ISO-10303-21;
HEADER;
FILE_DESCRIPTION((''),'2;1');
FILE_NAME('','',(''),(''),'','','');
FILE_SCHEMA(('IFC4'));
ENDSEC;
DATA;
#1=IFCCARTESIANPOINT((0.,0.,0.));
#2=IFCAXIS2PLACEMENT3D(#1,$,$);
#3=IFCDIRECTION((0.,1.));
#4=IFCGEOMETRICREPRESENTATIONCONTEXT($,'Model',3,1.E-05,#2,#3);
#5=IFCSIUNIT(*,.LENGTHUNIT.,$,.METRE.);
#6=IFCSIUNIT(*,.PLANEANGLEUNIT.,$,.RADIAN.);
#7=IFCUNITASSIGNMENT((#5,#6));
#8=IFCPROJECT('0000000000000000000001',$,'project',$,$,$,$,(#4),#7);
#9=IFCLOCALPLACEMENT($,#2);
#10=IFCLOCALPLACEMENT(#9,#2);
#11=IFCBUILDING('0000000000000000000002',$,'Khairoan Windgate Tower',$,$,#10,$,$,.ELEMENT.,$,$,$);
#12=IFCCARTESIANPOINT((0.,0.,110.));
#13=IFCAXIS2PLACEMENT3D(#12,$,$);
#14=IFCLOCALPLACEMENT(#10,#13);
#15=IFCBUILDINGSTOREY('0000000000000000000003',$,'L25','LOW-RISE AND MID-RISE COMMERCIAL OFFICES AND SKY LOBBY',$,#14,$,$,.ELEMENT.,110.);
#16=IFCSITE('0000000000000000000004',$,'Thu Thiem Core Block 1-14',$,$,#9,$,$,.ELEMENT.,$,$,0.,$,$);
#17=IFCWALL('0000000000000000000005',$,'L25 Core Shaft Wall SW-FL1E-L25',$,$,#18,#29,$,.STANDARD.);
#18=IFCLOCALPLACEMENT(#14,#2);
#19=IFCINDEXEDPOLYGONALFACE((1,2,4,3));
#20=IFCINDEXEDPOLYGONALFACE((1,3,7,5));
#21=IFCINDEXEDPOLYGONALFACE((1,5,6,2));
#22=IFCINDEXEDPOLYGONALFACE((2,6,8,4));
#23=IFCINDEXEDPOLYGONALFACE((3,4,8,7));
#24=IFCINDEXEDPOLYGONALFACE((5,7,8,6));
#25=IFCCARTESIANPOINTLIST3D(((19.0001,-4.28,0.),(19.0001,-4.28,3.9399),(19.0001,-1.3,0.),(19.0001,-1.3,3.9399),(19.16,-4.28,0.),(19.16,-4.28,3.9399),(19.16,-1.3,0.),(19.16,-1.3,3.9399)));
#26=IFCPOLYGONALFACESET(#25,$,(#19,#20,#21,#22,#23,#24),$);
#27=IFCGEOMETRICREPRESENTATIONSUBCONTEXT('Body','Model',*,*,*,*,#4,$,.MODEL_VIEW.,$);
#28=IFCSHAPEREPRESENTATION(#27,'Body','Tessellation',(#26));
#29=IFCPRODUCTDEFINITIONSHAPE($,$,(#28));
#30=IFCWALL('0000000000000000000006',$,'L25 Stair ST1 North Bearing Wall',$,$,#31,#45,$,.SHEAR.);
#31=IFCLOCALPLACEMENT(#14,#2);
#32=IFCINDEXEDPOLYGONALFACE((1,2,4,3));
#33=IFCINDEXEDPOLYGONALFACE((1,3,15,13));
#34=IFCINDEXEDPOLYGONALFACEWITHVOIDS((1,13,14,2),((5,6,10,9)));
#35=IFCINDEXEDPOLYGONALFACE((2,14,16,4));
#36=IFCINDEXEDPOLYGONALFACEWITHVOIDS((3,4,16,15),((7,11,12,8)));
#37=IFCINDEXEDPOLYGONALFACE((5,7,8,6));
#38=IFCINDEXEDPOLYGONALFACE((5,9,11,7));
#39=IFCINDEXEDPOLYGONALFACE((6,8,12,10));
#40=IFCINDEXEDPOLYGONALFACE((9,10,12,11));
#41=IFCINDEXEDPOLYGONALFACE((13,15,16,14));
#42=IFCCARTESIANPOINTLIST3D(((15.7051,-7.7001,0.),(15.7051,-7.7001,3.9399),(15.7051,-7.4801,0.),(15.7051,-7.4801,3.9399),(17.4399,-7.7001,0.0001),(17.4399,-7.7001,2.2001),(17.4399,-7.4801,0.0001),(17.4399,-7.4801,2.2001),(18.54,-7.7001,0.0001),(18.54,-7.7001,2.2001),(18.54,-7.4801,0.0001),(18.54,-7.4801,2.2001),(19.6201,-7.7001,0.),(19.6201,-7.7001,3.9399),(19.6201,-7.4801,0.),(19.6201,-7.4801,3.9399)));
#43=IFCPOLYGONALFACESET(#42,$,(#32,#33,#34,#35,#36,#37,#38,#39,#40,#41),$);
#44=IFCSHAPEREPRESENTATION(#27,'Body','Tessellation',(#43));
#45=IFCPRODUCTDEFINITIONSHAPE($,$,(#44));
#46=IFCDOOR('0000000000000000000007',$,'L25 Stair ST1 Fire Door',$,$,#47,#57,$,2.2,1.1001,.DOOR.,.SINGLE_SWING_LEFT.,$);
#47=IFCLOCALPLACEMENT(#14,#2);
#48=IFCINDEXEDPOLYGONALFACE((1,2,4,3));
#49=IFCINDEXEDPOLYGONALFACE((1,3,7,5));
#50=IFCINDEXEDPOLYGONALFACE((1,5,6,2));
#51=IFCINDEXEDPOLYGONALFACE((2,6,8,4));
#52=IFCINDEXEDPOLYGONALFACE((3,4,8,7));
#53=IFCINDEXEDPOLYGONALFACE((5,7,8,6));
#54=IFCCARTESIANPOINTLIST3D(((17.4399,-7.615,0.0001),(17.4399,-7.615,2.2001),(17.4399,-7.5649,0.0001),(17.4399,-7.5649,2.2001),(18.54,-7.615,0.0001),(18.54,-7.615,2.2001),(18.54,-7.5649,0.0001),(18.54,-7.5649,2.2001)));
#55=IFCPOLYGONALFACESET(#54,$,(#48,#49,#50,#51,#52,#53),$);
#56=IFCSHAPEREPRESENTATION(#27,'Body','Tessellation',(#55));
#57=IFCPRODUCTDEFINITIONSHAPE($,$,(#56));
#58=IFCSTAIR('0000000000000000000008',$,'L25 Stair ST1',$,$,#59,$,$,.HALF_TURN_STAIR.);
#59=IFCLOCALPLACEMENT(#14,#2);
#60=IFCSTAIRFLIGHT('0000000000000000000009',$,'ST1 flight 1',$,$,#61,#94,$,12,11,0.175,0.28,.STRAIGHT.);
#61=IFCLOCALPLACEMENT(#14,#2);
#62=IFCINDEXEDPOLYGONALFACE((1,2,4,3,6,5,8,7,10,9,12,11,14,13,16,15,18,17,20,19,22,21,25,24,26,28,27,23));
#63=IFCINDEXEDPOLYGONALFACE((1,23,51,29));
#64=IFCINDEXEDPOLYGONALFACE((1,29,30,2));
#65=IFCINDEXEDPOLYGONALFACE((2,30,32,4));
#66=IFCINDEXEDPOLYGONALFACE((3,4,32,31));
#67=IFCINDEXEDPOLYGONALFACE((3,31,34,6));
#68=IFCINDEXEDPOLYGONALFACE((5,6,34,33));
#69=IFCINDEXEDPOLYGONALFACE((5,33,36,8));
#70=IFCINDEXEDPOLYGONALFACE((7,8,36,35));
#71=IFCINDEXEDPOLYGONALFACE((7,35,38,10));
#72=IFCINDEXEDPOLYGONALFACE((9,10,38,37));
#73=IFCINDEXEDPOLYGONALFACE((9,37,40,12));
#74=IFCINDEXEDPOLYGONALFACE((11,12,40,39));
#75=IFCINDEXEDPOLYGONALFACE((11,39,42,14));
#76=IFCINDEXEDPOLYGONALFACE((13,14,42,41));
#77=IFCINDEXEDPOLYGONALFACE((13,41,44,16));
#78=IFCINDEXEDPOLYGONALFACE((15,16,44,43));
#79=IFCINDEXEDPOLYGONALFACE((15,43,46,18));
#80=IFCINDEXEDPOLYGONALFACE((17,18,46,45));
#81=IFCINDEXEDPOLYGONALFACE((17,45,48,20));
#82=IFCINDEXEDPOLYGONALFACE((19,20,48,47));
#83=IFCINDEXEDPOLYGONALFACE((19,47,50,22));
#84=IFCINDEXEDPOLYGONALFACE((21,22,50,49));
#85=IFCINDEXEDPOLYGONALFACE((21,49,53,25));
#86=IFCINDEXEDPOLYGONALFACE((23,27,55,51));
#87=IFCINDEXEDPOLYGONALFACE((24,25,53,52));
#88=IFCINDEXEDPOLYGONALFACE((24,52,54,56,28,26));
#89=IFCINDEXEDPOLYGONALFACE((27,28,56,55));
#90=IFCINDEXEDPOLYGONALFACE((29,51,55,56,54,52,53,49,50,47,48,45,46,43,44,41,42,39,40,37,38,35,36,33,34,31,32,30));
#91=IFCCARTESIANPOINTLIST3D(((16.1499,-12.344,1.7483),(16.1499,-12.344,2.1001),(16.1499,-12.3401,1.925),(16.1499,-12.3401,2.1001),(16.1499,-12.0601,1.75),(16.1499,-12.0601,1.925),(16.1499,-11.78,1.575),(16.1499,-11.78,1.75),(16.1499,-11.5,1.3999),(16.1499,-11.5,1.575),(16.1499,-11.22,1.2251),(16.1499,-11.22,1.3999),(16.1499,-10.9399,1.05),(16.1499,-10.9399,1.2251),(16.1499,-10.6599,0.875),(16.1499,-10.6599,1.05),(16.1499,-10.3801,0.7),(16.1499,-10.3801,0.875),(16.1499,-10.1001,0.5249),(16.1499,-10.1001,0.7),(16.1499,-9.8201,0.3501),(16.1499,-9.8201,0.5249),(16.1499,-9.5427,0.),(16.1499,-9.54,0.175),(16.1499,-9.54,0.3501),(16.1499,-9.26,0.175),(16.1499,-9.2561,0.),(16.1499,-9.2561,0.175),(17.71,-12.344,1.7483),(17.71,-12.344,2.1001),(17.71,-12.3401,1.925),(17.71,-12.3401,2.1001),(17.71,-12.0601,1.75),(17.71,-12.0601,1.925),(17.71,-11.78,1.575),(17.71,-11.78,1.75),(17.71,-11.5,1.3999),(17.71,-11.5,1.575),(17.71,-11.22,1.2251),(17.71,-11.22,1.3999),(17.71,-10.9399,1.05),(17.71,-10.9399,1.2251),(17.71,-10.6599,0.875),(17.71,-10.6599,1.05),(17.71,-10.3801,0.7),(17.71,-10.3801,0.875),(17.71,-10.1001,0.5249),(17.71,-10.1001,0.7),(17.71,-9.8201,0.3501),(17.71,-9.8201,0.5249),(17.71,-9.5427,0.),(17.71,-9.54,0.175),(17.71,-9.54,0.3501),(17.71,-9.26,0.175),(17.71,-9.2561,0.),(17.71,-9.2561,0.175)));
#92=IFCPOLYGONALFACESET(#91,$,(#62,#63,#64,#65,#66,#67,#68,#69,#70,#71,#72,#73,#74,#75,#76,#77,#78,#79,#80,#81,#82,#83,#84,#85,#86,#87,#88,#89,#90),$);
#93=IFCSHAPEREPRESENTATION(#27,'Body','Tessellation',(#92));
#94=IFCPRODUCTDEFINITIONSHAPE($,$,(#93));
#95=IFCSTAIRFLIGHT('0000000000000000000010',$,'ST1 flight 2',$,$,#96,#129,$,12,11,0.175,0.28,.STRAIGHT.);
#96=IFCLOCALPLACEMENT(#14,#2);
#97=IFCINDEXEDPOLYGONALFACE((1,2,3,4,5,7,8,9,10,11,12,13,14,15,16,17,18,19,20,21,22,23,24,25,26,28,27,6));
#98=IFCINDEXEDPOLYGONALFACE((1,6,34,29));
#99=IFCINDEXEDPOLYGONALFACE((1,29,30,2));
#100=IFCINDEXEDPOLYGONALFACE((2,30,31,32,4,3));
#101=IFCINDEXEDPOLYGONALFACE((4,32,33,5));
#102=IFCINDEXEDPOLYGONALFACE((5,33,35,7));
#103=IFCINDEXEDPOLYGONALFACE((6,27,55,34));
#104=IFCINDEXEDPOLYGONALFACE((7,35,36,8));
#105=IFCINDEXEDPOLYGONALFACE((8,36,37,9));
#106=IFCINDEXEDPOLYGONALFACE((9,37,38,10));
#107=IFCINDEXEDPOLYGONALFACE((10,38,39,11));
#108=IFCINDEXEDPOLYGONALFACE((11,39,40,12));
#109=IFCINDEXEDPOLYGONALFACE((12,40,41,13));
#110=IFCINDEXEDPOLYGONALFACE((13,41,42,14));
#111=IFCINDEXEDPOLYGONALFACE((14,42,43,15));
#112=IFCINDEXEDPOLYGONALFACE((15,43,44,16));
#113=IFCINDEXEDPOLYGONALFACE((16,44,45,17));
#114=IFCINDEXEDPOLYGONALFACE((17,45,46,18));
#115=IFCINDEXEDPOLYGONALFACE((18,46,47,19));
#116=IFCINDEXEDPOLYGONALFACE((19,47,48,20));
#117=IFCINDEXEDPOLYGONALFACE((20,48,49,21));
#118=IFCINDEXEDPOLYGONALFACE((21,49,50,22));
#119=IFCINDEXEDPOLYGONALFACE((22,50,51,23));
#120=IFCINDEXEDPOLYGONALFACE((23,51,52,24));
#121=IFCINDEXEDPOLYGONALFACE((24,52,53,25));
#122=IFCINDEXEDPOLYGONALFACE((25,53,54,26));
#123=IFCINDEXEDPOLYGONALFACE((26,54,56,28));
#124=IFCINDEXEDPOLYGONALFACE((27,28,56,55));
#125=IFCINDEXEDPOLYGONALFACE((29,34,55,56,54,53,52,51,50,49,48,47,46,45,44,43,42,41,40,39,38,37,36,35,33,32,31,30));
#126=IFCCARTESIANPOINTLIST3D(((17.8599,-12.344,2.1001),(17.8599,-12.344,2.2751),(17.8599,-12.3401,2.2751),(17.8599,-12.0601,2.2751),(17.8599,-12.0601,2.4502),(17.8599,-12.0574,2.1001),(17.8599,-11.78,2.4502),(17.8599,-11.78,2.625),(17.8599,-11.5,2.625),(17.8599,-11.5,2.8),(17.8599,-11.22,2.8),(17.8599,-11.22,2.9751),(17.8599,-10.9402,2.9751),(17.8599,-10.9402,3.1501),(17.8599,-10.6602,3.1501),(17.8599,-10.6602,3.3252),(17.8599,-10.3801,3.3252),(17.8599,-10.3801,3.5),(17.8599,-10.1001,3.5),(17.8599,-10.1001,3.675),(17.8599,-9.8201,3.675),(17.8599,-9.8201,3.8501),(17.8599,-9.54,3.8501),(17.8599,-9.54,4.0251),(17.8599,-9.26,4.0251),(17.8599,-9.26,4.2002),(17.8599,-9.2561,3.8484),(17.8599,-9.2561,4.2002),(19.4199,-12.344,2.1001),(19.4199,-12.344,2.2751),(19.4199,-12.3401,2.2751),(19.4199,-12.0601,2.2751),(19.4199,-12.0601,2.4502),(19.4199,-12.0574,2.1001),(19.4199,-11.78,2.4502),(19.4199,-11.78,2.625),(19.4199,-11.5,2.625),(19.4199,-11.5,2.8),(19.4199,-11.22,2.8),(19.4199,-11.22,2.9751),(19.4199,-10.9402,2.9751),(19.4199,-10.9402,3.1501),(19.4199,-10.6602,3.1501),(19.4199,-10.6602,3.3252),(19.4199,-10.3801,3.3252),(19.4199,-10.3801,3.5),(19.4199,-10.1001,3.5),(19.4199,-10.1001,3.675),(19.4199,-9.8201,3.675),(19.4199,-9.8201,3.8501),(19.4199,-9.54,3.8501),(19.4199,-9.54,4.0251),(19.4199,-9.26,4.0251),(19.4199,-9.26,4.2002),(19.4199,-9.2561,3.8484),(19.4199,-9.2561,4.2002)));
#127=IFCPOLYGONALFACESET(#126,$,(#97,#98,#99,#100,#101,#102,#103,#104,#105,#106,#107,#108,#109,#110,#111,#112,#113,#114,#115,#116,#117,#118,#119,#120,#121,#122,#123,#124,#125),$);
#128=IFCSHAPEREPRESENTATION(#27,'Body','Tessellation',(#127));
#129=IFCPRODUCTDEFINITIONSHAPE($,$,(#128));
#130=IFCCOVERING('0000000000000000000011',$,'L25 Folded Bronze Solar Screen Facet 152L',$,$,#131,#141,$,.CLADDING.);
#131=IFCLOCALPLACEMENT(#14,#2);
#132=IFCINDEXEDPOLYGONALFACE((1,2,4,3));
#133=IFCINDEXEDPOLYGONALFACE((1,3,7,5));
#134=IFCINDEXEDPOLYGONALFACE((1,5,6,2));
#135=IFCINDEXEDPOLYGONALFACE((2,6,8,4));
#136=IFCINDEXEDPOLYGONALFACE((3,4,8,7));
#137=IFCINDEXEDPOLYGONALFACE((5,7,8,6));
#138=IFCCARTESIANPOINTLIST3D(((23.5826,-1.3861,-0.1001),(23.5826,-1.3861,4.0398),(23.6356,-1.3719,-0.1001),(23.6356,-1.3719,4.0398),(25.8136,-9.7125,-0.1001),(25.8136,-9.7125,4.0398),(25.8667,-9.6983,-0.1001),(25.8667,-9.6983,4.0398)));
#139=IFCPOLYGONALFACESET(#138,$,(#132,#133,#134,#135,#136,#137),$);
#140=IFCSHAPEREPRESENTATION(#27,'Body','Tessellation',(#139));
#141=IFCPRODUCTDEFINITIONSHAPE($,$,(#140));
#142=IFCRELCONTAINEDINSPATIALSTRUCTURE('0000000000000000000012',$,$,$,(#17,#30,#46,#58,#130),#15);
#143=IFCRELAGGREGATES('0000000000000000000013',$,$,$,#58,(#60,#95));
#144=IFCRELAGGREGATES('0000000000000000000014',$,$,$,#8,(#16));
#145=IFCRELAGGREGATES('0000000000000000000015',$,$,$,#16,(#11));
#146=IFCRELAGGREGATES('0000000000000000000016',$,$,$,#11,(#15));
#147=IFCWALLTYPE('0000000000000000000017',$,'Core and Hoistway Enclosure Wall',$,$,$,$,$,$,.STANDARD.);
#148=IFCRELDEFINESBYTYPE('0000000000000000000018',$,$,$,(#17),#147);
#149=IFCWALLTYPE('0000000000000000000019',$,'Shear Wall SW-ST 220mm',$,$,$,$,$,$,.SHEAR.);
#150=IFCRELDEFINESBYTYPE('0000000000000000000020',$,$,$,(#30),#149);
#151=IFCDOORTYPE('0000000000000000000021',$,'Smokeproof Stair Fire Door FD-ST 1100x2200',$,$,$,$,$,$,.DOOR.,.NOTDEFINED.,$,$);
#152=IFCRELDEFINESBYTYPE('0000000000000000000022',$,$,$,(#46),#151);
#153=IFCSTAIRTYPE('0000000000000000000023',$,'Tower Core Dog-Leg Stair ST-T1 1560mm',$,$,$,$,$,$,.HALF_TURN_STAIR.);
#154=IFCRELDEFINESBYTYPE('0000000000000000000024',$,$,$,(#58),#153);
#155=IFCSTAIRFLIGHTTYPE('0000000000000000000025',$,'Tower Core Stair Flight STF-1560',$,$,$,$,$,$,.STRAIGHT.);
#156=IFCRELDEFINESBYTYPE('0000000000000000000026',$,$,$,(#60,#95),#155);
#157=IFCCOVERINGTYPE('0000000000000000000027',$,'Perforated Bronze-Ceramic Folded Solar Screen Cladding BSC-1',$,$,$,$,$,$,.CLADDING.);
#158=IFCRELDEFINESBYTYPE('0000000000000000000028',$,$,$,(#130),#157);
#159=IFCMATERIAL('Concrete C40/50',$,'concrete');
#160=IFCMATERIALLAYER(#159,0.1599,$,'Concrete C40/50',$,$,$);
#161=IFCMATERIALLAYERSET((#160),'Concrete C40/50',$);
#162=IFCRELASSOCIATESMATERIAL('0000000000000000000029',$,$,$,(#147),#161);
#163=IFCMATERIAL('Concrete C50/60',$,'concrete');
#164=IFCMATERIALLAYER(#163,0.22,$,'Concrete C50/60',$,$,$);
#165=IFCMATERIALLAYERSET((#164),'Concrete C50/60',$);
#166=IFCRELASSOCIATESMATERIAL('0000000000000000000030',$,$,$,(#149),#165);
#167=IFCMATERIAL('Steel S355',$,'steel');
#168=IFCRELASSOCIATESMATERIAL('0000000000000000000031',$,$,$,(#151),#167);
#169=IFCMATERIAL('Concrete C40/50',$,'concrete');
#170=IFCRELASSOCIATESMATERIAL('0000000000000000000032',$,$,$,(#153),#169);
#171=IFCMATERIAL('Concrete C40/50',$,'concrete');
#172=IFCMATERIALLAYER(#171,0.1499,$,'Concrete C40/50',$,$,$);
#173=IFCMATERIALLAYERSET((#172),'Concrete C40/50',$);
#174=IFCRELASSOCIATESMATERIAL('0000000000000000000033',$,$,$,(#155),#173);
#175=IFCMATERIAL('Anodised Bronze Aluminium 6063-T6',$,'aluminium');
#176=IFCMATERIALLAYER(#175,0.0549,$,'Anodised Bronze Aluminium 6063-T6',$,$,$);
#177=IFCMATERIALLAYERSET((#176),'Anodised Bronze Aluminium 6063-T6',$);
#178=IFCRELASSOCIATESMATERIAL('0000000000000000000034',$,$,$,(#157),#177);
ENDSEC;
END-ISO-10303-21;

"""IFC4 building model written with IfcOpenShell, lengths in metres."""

from ifc_helpers import new_model, si_unit, direction, frame, frame_2d, origin, origin_2d, place, context, subcontext, project, spatial, polyline, rectangle, outline, extrude, material, layer, layer_set, type_object, element, fill, aggregate, save


model = new_model("IFC4")

# Units and contexts
model_context = context("Model", 3, precision=1e-05, world=origin(), true_north=direction((0.0, 1.0)))
body_context = subcontext(model_context, "Body", "Model", "MODEL_VIEW")
ifc_project = project(units=[si_unit("LENGTHUNIT", "METRE"), si_unit("PLANEANGLEUNIT", "RADIAN")], contexts=[model_context])

# Site, building, storey
site_placement = place(None, origin())
site = spatial("IfcSite", under=ifc_project, at=site_placement, Name="Thu Thiem Core Block 1-14", CompositionType="ELEMENT", RefElevation=0.0)
building_placement = place(site_placement, origin())
building = spatial("IfcBuilding", under=site, at=building_placement, Name="Khairoan Windgate Tower", CompositionType="ELEMENT")
storey_placement = place(building_placement, frame((0.0, 0.0, 110.0)))
storey = spatial("IfcBuildingStorey", under=building, at=storey_placement, Name="L25", Description="LOW-RISE AND MID-RISE COMMERCIAL OFFICES AND SKY LOBBY", CompositionType="ELEMENT", Elevation=110.0)

# Wall
ifc_material_1 = material(Name="Concrete C40/50", Category="concrete")
ifc_layer_1 = layer(ifc_material_1, 0.1599, Name="Concrete C40/50")
ifc_layer_set_1 = layer_set([ifc_layer_1], Name="Concrete C40/50")
wall_type_1 = type_object("IfcWallType", Name="Core and Hoistway Enclosure Wall", PredefinedType="STANDARD", material=ifc_layer_set_1)
wall_1_placement = place(storey_placement, frame((19.0801, -4.28, 0.0), z_axis=(0.0, 0.0, 1.0), x_axis=(0.0, 1.0, 0.0)))
element("IfcWall", 1, at=wall_1_placement, inside=storey, type_object=wall_type_1, Name="L25 Core Shaft Wall SW-FL1E-L25", PredefinedType="STANDARD", context=body_context, shape_type="SweptSolid", body=[
    extrude(rectangle(XDim=2.98, YDim=0.1599, at=frame_2d((1.49, 0.0))), origin(), (0.0, 0.0, 1.0), 3.9399),
])

# Wall, opening, door
ifc_material_2 = material(Name="Concrete C50/60", Category="concrete")
ifc_layer_2 = layer(ifc_material_2, 0.22, Name="Concrete C50/60")
ifc_layer_set_2 = layer_set([ifc_layer_2], Name="Concrete C50/60")
wall_type_2 = type_object("IfcWallType", Name="Shear Wall SW-ST 220mm", PredefinedType="SHEAR", material=ifc_layer_set_2)
wall_2_placement = place(storey_placement, frame((19.6201, -7.5901, 0.0), z_axis=(0.0, 0.0, 1.0), x_axis=(-1.0, 0.0, 0.0)))
wall_2 = element("IfcWall", 2, at=wall_2_placement, inside=storey, type_object=wall_type_2, Name="L25 Stair ST1 North Bearing Wall", PredefinedType="SHEAR", context=body_context, shape_type="SweptSolid", body=[
    extrude(rectangle(XDim=3.915, YDim=0.22, at=frame_2d((1.9575, 0.0))), origin(), (0.0, 0.0, 1.0), 3.9399),
])
opening_placement = place(wall_2_placement, frame((1.0801, 0.0, 0.0)))
opening = element("IfcOpeningElement", 3, at=opening_placement, cuts=wall_2, PredefinedType="OPENING", context=body_context, shape_type="SweptSolid", body=[
    extrude(rectangle(XDim=1.1001, YDim=2.2, at=frame_2d((0.55, 1.1001))), frame((0.0, 0.1199, 0.0), z_axis=(0.0, -1.0, 0.0), x_axis=(1.0, 0.0, 0.0)), (0.0, 0.0, 1.0), 0.24),
])
ifc_material_3 = material(Name="Steel S355", Category="steel")
door_type = type_object("IfcDoorType", Name="Smokeproof Stair Fire Door FD-ST 1100x2200", OperationType="NOTDEFINED", PredefinedType="DOOR", material=ifc_material_3)
door_placement = place(opening_placement, origin())
door = element("IfcDoor", 4, at=door_placement, inside=storey, type_object=door_type, Name="L25 Stair ST1 Fire Door", OperationType="SINGLE_SWING_LEFT", OverallHeight=2.2, OverallWidth=1.1001, PredefinedType="DOOR", context=body_context, shape_type="SweptSolid", body=[
    extrude(rectangle(XDim=1.1001, YDim=2.2, at=frame_2d((0.55, 1.1001))), frame((0.0, 0.0249, 0.0), z_axis=(0.0, -1.0, 0.0), x_axis=(1.0, 0.0, 0.0)), (0.0, 0.0, 1.0), 0.05),
])
fill(opening, door)

# Stair, stair flights
ifc_material_4 = material(Name="Concrete C40/50", Category="concrete")
stair_type = type_object("IfcStairType", Name="Tower Core Dog-Leg Stair ST-T1 1560mm", PredefinedType="HALF_TURN_STAIR", material=ifc_material_4)
stair_placement = place(storey_placement, origin())
stair = element("IfcStair", 5, at=stair_placement, inside=storey, type_object=stair_type, Name="L25 Stair ST1", PredefinedType="HALF_TURN_STAIR")
ifc_material_5 = material(Name="Concrete C40/50", Category="concrete")
ifc_layer_3 = layer(ifc_material_5, 0.1499, Name="Concrete C40/50")
ifc_layer_set_3 = layer_set([ifc_layer_3], Name="Concrete C40/50")
stair_flight_type = type_object("IfcStairFlightType", Name="Tower Core Stair Flight STF-1560", PredefinedType="STRAIGHT", material=ifc_layer_set_3)
stair_flight_1_placement = place(storey_placement, frame((16.9299, -9.26, 0.0), z_axis=(0.0, 0.0, 1.0), x_axis=(0.0, -1.0, 0.0)))
stair_flight_1 = element("IfcStairFlight", 6, at=stair_flight_1_placement, type_object=stair_flight_type, Name="ST1 flight 1", NumberOfRisers=12, NumberOfTreads=11, PredefinedType="STRAIGHT", RiserHeight=0.175, TreadLength=0.28, context=body_context, shape_type="SweptSolid", body=[
    extrude(outline(polyline([(-0.0039, 0.0), (-0.0039, 0.175), (0.0, 0.175), (0.28, 0.175), (0.28, 0.3501), (0.5601, 0.3501), (0.5601, 0.5249), (0.8401, 0.5249), (0.8401, 0.7), (1.1201, 0.7), (1.1201, 0.875), (1.3999, 0.875), (1.3999, 1.05), (1.6799, 1.05), (1.6799, 1.2251), (1.96, 1.2251), (1.96, 1.3999), (2.24, 1.3999), (2.24, 1.575), (2.52, 1.575), (2.52, 1.75), (2.8, 1.75), (2.8, 1.925), (3.0801, 1.925), (3.0801, 2.1001), (3.084, 2.1001), (3.084, 1.7483), (0.2827, 0.0), (-0.0039, 0.0)])), frame((0.0, 0.78, 0.0), z_axis=(0.0, -1.0, 0.0), x_axis=(1.0, 0.0, 0.0)), (0.0, 0.0, 1.0), 1.5601),
])
stair_flight_2_placement = place(storey_placement, frame((18.6399, -12.3401, 2.1001), z_axis=(0.0, 0.0, 1.0), x_axis=(0.0, 1.0, 0.0)))
stair_flight_2 = element("IfcStairFlight", 7, at=stair_flight_2_placement, type_object=stair_flight_type, Name="ST1 flight 2", NumberOfRisers=12, NumberOfTreads=11, PredefinedType="STRAIGHT", RiserHeight=0.175, TreadLength=0.28, context=body_context, shape_type="SweptSolid", body=[
    extrude(outline(polyline([(-0.0039, 0.0), (-0.0039, 0.175), (0.0, 0.175), (0.28, 0.175), (0.28, 0.3501), (0.5601, 0.3501), (0.5601, 0.5249), (0.8401, 0.5249), (0.8401, 0.7), (1.1201, 0.7), (1.1201, 0.875), (1.3999, 0.875), (1.3999, 1.05), (1.6799, 1.05), (1.6799, 1.2251), (1.96, 1.2251), (1.96, 1.3999), (2.24, 1.3999), (2.24, 1.575), (2.52, 1.575), (2.52, 1.75), (2.8, 1.75), (2.8, 1.925), (3.0801, 1.925), (3.0801, 2.1001), (3.084, 2.1001), (3.084, 1.7483), (0.2827, 0.0), (-0.0039, 0.0)])), frame((0.0, 0.78, 0.0), z_axis=(0.0, -1.0, 0.0), x_axis=(1.0, 0.0, 0.0)), (0.0, 0.0, 1.0), 1.5601),
])
aggregate(stair, [stair_flight_1, stair_flight_2])

# Covering
ifc_material_6 = material(Name="Anodised Bronze Aluminium 6063-T6", Category="aluminium")
ifc_layer_4 = layer(ifc_material_6, 0.0549, Name="Anodised Bronze Aluminium 6063-T6")
ifc_layer_set_4 = layer_set([ifc_layer_4], Name="Anodised Bronze Aluminium 6063-T6")
covering_type = type_object("IfcCoveringType", Name="Perforated Bronze-Ceramic Folded Solar Screen Cladding BSC-1", PredefinedType="CLADDING", material=ifc_layer_set_4)
covering_placement = place(storey_placement, frame((24.7246, -5.5422, -0.1001), z_axis=(0.0, 0.0, 1.0), x_axis=(0.258819, -0.965926, 0.0)))
element("IfcCovering", 8, at=covering_placement, inside=storey, type_object=covering_type, Name="L25 Folded Bronze Solar Screen Facet 152L", PredefinedType="CLADDING", context=body_context, shape_type="SweptSolid", body=[
    extrude(rectangle(XDim=8.6201, YDim=0.0549, at=origin_2d()), origin(), (0.0, 0.0, 1.0), 4.1399),
])

save(model, "model.ifc")
